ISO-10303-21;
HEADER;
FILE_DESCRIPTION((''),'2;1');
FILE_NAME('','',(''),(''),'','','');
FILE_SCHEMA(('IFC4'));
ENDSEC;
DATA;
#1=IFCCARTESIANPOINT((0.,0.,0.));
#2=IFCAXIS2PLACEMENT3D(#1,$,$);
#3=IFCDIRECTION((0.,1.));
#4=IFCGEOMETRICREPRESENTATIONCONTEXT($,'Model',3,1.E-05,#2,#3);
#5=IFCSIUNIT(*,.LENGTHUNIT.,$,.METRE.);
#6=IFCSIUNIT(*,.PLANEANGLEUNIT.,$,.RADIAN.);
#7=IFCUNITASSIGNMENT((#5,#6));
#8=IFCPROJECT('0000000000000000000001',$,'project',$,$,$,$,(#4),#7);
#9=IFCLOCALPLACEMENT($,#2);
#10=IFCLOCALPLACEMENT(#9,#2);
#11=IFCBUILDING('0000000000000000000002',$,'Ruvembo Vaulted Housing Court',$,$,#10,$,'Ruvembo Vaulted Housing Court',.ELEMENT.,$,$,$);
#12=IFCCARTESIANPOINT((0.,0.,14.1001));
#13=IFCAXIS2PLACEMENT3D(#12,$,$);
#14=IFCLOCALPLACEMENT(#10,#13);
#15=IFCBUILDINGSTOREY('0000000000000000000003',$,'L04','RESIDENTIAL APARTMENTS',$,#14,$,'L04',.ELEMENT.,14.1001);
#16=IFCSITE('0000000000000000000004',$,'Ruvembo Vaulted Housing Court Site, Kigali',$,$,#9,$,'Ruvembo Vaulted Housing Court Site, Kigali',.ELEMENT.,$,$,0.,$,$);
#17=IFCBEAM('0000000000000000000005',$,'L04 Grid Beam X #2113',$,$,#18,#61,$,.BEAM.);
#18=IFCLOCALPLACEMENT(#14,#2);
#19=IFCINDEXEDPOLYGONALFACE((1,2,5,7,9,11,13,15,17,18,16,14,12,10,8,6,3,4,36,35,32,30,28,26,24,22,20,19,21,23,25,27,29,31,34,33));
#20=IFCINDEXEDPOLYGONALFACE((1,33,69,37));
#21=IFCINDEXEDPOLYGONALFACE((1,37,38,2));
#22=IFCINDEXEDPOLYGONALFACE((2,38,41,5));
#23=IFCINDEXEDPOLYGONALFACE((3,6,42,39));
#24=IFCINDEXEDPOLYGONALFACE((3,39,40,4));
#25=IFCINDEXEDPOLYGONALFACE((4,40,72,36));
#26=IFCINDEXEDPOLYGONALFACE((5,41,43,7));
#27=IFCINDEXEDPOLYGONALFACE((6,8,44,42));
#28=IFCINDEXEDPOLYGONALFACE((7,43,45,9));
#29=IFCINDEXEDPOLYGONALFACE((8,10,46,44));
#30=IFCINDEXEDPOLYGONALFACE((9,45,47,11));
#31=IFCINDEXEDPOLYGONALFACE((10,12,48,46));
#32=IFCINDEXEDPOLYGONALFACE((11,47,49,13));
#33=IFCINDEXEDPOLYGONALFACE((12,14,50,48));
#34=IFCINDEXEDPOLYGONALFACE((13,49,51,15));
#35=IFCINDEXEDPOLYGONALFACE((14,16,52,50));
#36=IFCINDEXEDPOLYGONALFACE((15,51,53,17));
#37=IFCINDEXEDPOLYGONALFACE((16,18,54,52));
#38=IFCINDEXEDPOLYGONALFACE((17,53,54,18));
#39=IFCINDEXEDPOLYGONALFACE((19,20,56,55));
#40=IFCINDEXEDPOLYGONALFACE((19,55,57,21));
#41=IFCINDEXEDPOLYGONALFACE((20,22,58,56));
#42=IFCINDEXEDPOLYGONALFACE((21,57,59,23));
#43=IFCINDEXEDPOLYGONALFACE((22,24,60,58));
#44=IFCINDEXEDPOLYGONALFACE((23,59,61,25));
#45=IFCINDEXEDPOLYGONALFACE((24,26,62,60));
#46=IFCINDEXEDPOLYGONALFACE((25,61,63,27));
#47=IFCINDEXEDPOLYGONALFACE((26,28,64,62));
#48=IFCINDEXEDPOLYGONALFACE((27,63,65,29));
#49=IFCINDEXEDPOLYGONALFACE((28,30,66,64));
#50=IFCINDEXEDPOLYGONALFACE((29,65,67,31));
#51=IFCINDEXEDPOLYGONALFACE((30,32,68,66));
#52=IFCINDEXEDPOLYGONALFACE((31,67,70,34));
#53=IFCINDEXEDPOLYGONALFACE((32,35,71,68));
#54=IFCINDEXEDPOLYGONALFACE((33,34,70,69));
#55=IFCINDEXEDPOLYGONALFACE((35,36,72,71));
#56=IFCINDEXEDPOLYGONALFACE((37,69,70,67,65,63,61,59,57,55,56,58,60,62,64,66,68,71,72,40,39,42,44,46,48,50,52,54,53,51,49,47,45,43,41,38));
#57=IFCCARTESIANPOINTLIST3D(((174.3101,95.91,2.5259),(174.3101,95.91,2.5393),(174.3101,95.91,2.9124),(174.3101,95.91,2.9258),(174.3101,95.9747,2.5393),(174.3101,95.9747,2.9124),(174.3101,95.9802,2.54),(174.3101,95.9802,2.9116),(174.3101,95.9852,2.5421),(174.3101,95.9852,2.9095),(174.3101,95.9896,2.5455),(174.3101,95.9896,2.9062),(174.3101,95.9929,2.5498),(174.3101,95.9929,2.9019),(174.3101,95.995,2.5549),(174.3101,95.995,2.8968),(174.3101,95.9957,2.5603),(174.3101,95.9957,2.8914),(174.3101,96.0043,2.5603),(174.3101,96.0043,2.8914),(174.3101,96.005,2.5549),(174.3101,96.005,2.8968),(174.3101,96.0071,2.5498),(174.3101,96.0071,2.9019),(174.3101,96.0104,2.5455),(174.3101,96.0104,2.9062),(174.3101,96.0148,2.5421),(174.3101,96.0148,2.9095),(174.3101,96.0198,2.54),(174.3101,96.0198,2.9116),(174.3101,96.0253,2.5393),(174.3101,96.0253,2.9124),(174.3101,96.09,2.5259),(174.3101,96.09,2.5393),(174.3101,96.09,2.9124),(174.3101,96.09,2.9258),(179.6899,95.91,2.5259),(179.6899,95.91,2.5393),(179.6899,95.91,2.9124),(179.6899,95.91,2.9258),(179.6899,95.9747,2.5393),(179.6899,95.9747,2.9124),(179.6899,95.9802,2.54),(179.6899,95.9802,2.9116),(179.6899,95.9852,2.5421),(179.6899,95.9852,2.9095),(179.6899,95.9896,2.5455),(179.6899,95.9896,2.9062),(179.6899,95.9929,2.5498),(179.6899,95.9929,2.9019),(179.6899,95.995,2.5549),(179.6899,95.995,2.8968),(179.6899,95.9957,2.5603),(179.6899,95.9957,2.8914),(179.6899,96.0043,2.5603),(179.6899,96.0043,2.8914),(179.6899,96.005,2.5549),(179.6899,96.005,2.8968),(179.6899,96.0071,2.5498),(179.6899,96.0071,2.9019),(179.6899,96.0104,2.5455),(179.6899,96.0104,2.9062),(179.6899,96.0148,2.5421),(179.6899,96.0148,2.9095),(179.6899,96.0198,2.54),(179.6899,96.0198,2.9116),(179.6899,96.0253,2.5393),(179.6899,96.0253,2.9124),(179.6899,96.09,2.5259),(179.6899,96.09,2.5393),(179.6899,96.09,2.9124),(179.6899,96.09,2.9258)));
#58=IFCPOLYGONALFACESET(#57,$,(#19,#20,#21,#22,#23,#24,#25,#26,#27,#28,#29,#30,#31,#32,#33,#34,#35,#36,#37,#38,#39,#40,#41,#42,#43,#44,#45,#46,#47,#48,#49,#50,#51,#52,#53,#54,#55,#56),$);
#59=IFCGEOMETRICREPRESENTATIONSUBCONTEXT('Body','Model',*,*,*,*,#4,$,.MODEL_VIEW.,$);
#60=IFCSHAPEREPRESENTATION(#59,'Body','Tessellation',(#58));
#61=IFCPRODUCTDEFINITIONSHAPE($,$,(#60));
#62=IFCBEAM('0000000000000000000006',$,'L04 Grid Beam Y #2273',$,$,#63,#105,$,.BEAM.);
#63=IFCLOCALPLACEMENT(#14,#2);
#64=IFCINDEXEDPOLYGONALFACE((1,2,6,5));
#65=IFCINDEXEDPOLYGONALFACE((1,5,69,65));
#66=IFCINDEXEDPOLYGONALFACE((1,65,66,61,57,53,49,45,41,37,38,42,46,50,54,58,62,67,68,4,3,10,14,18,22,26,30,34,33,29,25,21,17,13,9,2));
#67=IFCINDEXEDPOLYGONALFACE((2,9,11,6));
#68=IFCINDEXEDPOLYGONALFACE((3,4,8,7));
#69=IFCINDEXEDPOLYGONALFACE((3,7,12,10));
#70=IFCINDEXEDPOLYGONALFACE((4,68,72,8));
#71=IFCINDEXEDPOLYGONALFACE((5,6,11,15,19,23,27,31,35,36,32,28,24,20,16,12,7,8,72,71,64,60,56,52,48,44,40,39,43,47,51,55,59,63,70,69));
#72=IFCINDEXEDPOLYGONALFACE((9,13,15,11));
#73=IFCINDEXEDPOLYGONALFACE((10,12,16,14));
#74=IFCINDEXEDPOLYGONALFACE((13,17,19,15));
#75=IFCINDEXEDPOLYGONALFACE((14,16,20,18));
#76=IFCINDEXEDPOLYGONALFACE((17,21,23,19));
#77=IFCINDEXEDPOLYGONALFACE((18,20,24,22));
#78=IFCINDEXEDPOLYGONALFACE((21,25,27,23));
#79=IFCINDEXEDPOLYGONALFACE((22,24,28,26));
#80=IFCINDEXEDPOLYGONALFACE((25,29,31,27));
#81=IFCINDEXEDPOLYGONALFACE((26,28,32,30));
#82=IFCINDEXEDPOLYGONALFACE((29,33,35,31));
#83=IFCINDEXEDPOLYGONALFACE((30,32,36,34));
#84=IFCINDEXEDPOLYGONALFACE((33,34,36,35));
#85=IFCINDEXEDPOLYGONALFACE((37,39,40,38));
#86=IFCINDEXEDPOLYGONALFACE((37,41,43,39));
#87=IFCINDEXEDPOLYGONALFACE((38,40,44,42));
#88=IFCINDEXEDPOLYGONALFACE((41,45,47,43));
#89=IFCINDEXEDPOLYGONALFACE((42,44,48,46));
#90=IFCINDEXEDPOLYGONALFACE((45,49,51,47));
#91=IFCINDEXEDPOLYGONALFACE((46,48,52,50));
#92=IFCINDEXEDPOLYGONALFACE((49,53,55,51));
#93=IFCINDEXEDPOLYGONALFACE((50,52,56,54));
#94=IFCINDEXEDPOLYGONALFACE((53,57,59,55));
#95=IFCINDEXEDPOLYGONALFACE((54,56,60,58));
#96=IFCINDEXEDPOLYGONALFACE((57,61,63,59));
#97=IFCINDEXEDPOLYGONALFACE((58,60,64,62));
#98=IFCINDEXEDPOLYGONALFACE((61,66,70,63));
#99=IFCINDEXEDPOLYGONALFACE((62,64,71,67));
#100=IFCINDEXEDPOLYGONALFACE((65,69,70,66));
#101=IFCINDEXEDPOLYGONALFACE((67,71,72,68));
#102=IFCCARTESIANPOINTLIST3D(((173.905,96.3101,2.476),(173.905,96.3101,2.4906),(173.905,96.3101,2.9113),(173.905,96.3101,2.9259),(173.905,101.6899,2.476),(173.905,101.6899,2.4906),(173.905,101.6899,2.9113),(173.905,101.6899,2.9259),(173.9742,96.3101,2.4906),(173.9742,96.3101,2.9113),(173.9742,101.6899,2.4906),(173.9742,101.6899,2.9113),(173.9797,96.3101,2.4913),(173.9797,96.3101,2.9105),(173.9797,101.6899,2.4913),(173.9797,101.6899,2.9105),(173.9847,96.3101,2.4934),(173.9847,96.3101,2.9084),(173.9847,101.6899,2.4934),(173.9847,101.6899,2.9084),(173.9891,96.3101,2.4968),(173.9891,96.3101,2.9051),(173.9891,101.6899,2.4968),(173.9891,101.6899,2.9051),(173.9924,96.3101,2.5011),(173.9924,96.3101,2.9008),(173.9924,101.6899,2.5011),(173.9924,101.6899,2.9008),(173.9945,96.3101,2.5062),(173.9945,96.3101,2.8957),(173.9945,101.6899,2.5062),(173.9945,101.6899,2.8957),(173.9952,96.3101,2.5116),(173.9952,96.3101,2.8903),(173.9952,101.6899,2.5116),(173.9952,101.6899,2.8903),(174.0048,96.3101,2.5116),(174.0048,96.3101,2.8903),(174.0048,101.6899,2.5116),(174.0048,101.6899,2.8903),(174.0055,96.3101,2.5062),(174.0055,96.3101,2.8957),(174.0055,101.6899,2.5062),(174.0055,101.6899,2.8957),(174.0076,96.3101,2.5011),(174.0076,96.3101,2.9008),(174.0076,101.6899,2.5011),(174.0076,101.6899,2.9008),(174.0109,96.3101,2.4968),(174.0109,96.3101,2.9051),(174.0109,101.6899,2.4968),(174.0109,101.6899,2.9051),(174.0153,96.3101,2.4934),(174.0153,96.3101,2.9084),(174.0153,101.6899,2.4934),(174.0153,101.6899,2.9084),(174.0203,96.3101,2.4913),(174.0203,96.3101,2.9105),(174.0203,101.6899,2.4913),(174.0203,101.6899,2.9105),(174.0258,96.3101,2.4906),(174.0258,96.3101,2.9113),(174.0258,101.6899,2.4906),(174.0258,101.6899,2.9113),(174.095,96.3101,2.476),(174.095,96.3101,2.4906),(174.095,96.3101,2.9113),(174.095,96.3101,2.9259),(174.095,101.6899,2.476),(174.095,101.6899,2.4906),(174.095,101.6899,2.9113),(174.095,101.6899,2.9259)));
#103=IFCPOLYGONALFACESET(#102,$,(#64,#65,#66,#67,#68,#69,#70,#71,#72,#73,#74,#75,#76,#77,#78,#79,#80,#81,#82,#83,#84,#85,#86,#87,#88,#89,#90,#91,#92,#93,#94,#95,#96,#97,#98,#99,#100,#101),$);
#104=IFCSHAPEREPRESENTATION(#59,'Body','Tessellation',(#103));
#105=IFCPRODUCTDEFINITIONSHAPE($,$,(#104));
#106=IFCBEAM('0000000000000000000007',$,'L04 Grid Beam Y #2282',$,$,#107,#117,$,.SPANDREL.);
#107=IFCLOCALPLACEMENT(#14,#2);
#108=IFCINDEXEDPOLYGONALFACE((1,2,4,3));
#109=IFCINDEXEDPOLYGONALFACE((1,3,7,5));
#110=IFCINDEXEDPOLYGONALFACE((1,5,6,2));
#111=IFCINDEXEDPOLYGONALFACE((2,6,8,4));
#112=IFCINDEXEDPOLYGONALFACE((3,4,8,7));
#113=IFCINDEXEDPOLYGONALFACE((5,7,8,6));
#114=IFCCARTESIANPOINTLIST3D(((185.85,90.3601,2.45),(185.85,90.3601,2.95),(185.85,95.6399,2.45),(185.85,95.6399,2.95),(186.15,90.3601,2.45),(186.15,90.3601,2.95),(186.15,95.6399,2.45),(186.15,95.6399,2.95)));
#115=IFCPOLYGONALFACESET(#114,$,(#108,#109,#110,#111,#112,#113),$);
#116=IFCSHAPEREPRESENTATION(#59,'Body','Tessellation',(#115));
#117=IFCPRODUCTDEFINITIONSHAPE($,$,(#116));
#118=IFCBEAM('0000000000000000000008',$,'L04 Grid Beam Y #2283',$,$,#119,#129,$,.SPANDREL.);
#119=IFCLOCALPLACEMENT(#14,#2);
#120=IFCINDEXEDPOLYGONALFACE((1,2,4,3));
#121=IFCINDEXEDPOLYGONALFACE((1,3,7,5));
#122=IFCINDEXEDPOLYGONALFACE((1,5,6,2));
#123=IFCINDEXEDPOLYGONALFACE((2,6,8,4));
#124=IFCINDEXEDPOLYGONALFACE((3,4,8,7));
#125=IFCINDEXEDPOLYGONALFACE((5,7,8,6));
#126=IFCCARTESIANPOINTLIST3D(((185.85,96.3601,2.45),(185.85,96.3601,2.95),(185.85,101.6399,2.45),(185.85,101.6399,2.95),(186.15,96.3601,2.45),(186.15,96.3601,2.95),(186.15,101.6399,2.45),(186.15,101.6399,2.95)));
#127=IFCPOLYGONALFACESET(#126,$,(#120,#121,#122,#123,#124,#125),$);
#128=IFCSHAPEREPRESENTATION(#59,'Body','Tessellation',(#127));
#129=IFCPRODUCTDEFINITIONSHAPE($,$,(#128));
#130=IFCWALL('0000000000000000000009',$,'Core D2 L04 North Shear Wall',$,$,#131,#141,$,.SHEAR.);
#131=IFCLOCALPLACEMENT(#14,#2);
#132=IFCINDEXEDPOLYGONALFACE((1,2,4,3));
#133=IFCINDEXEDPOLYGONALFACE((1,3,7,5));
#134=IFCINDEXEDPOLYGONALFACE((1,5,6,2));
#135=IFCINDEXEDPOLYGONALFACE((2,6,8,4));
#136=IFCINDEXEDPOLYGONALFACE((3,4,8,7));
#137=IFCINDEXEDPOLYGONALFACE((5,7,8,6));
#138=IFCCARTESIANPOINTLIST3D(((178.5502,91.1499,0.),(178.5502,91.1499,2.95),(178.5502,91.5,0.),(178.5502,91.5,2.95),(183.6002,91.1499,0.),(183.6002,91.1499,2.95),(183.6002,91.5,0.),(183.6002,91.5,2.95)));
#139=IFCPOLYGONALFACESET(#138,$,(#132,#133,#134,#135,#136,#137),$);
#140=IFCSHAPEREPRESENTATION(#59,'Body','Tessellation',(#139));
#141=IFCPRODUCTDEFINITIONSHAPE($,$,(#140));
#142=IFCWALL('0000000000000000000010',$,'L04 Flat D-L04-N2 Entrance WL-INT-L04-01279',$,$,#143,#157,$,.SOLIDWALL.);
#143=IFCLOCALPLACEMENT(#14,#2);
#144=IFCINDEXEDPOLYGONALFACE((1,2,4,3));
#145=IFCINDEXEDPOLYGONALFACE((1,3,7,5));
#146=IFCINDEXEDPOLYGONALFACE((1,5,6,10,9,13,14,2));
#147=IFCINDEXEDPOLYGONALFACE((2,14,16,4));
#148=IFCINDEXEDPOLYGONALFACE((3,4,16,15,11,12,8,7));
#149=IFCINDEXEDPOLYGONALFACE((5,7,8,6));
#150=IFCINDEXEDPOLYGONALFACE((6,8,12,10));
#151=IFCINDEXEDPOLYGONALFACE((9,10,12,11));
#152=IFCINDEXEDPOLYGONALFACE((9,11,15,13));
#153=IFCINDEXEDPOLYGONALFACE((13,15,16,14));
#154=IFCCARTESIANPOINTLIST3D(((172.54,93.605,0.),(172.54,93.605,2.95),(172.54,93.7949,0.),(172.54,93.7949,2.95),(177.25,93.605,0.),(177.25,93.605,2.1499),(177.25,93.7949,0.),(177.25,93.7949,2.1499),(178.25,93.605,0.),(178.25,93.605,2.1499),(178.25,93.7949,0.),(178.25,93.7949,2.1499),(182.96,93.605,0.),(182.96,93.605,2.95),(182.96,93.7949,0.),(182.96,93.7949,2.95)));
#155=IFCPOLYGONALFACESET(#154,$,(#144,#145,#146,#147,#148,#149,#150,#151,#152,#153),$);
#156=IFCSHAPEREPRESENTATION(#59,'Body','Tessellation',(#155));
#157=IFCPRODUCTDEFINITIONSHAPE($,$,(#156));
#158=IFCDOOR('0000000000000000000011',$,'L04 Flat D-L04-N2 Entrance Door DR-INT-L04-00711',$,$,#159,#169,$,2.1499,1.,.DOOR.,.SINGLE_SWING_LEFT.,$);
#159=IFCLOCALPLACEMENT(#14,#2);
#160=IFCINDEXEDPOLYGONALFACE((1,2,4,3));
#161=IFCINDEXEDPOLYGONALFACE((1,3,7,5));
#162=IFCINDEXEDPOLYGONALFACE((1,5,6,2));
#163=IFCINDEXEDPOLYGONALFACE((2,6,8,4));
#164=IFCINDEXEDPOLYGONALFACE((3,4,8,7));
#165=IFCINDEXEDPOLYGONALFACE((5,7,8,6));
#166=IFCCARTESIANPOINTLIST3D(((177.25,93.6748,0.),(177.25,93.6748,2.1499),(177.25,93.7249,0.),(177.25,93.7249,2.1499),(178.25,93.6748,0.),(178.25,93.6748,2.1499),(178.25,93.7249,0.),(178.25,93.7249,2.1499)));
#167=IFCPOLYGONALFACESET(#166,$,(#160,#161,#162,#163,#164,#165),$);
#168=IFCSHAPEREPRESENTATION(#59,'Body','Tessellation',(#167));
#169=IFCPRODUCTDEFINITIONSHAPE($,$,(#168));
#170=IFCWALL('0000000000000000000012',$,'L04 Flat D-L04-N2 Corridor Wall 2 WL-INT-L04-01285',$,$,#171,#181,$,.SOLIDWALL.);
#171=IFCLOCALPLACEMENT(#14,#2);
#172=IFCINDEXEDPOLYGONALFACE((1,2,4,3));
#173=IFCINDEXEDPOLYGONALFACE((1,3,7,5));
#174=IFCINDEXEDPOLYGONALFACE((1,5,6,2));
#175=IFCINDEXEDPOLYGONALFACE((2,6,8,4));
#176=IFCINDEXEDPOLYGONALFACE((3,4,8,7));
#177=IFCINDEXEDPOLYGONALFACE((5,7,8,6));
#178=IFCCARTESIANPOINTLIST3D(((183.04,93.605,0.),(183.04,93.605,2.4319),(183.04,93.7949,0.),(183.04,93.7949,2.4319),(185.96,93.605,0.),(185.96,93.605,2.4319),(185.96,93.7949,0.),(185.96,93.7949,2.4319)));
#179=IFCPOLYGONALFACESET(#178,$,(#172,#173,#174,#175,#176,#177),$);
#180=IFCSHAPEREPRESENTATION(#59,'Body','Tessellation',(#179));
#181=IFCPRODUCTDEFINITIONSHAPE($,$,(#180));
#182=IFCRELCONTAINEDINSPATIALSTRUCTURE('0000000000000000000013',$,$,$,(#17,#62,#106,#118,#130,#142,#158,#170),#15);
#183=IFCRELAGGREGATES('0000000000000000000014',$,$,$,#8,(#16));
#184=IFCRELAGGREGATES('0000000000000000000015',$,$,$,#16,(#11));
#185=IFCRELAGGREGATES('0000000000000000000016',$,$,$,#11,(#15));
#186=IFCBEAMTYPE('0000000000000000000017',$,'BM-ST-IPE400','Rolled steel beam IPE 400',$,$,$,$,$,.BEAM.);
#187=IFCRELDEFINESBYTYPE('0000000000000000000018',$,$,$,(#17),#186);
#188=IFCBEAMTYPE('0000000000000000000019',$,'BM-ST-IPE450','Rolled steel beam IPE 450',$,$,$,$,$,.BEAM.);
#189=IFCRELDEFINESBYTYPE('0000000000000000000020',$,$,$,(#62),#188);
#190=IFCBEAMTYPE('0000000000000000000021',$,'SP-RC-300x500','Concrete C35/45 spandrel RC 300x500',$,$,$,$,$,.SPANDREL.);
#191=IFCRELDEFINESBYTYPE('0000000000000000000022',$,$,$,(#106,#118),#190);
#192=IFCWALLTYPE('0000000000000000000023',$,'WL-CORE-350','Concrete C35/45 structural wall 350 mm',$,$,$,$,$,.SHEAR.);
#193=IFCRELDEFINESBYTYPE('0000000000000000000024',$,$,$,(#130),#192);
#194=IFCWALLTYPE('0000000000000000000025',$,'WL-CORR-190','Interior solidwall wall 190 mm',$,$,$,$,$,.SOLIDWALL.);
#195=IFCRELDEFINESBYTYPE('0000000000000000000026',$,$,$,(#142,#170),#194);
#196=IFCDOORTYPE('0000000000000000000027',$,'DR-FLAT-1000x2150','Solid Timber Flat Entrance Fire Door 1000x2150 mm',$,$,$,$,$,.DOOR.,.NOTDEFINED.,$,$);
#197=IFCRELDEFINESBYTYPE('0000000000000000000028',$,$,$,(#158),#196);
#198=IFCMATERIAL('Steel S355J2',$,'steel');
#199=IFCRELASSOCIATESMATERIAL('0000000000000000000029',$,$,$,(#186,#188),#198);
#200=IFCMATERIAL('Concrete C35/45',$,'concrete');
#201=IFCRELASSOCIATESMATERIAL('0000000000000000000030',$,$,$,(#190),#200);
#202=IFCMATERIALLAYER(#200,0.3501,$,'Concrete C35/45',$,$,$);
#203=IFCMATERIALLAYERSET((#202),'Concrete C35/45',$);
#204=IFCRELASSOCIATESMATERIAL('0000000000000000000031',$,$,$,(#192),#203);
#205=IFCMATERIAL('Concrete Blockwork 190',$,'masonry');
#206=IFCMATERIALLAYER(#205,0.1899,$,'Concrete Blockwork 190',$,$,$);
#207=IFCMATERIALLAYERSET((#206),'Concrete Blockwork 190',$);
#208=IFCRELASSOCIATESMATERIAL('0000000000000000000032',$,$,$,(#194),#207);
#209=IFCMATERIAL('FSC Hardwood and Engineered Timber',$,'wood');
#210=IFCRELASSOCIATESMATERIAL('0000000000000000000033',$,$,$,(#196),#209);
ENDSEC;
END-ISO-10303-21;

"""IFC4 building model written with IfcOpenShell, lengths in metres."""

from ifc_helpers import new_model, si_unit, direction, frame, frame_2d, origin, origin_2d, place, context, subcontext, project, spatial, rectangle, i_section, extrude, material, layer, layer_set, material_profile, profile_set, type_object, element, fill, save


model = new_model("IFC4")

# Units and contexts
model_context = context("Model", 3, precision=1e-05, world=origin(), true_north=direction((0.0, 1.0)))
body_context = subcontext(model_context, "Body", "Model", "MODEL_VIEW")
ifc_project = project(units=[si_unit("LENGTHUNIT", "METRE"), si_unit("PLANEANGLEUNIT", "RADIAN")], contexts=[model_context])

# Site, building, storey
site_placement = place(None, origin())
site = spatial("IfcSite", under=ifc_project, at=site_placement, Name="Ruvembo Vaulted Housing Court Site, Kigali", LongName="Ruvembo Vaulted Housing Court Site, Kigali", CompositionType="ELEMENT", RefElevation=0.0)
building_placement = place(site_placement, origin())
building = spatial("IfcBuilding", under=site, at=building_placement, Name="Ruvembo Vaulted Housing Court", LongName="Ruvembo Vaulted Housing Court", CompositionType="ELEMENT")
storey_placement = place(building_placement, frame((0.0, 0.0, 14.1001)))
storey = spatial("IfcBuildingStorey", under=building, at=storey_placement, Name="L04", Description="RESIDENTIAL APARTMENTS", LongName="L04", CompositionType="ELEMENT", Elevation=14.1001)

# Beams
ifc_material_1 = material(Name="Steel S355J2", Category="steel")
ifc_material_profile_1 = material_profile(ifc_material_1, i_section(OverallWidth=0.1799, OverallDepth=0.3999, WebThickness=0.0085, FlangeThickness=0.0134, FilletRadius=0.021, at=origin_2d()), Name="IPE 400")
ifc_profile_set_1 = profile_set([ifc_material_profile_1], Name="Steel S355J2")
beam_type_1 = type_object("IfcBeamType", Name="BM-ST-IPE400", Description="Rolled steel beam IPE 400", PredefinedType="BEAM", material=ifc_profile_set_1)
beam_1_placement = place(storey_placement, frame((174.3101, 96.0, 2.7258), z_axis=(1.0, 0.0, 0.0), x_axis=(0.0, 1.0, 0.0)))
element("IfcBeam", 1, at=beam_1_placement, inside=storey, type_object=beam_type_1, Name="L04 Grid Beam X #2113", PredefinedType="BEAM", context=body_context, shape_type="SweptSolid", body=[
    extrude(i_section(OverallWidth=0.1799, OverallDepth=0.3999, WebThickness=0.0085, FlangeThickness=0.0134, FilletRadius=0.021, at=origin_2d()), origin(), (0.0, 0.0, 1.0), 5.3799),
])
ifc_material_profile_2 = material_profile(ifc_material_1, i_section(OverallWidth=0.1899, OverallDepth=0.45, WebThickness=0.0095, FlangeThickness=0.0146, FilletRadius=0.021, at=origin_2d()), Name="IPE 450")
ifc_profile_set_2 = profile_set([ifc_material_profile_2], Name="Steel S355J2")
beam_type_2 = type_object("IfcBeamType", Name="BM-ST-IPE450", Description="Rolled steel beam IPE 450", PredefinedType="BEAM", material=ifc_profile_set_2)
beam_2_placement = place(storey_placement, frame((174.0, 96.3101, 2.7009), z_axis=(0.0, 1.0, 0.0), x_axis=(-1.0, 0.0, 0.0)))
element("IfcBeam", 2, at=beam_2_placement, inside=storey, type_object=beam_type_2, Name="L04 Grid Beam Y #2273", PredefinedType="BEAM", context=body_context, shape_type="SweptSolid", body=[
    extrude(i_section(OverallWidth=0.1899, OverallDepth=0.45, WebThickness=0.0095, FlangeThickness=0.0146, FilletRadius=0.021, at=origin_2d()), origin(), (0.0, 0.0, 1.0), 5.3799),
])
ifc_material_2 = material(Name="Concrete C35/45", Category="concrete")
ifc_material_profile_3 = material_profile(ifc_material_2, rectangle(XDim=0.3, YDim=0.5, at=origin_2d()), Name="RC 300x500")
ifc_profile_set_3 = profile_set([ifc_material_profile_3], Name="Concrete C35/45")
beam_type_3 = type_object("IfcBeamType", Name="SP-RC-300x500", Description="Concrete C35/45 spandrel RC 300x500", PredefinedType="SPANDREL", material=ifc_profile_set_3)
for number, where, z_axis, x_axis, name in (
    (3, (186.0, 90.3601, 2.7), (0.0, 1.0, 0.0), (-1.0, 0.0, 0.0), "L04 Grid Beam Y #2282"),
    (4, (186.0, 96.3601, 2.7), (0.0, 1.0, 0.0), (-1.0, 0.0, 0.0), "L04 Grid Beam Y #2283"),
):
    element("IfcBeam", number, at=place(storey_placement, frame(where, z_axis=z_axis, x_axis=x_axis)), inside=storey, type_object=beam_type_3, Name=name, PredefinedType="SPANDREL", context=body_context, shape_type="SweptSolid", body=[
        extrude(rectangle(XDim=0.3, YDim=0.5, at=origin_2d()), origin(), (0.0, 0.0, 1.0), 5.2798),
    ])

# Wall
ifc_layer_1 = layer(ifc_material_2, 0.3501, Name="Concrete C35/45")
ifc_layer_set_1 = layer_set([ifc_layer_1], Name="Concrete C35/45")
wall_type_1 = type_object("IfcWallType", Name="WL-CORE-350", Description="Concrete C35/45 structural wall 350 mm", PredefinedType="SHEAR", material=ifc_layer_set_1)
wall_1_placement = place(storey_placement, frame((183.6001, 91.325, 0.0), z_axis=(0.0, 0.0, 1.0), x_axis=(-1.0, 0.0, 0.0)))
element("IfcWall", 5, at=wall_1_placement, inside=storey, type_object=wall_type_1, Name="Core D2 L04 North Shear Wall", PredefinedType="SHEAR", context=body_context, shape_type="SweptSolid", body=[
    extrude(rectangle(XDim=5.05, YDim=0.3501, at=frame_2d((2.5249, 0.0))), origin(), (0.0, 0.0, 1.0), 2.95),
])

# Wall, opening, door
ifc_material_3 = material(Name="Concrete Blockwork 190", Category="masonry")
ifc_layer_2 = layer(ifc_material_3, 0.1899, Name="Concrete Blockwork 190")
ifc_layer_set_2 = layer_set([ifc_layer_2], Name="Concrete Blockwork 190")
wall_type_2 = type_object("IfcWallType", Name="WL-CORR-190", Description="Interior solidwall wall 190 mm", PredefinedType="SOLIDWALL", material=ifc_layer_set_2)
wall_2_placement = place(storey_placement, frame((172.54, 93.7, 0.0), z_axis=(0.0, 0.0, 1.0), x_axis=(1.0, 0.0, 0.0)))
wall_2 = element("IfcWall", 6, at=wall_2_placement, inside=storey, type_object=wall_type_2, Name="L04 Flat D-L04-N2 Entrance WL-INT-L04-01279", PredefinedType="SOLIDWALL", context=body_context, shape_type="SweptSolid", body=[
    extrude(rectangle(XDim=10.4199, YDim=0.1899, at=frame_2d((5.21, 0.0))), origin(), (0.0, 0.0, 1.0), 2.95),
])
opening_1_placement = place(wall_2_placement, frame((4.71, 0.0, 0.0)))
opening_1 = element("IfcOpeningElement", 7, at=opening_1_placement, cuts=wall_2, PredefinedType="OPENING", context=body_context, shape_type="SweptSolid", body=[
    extrude(rectangle(XDim=1.0, YDim=2.1499, at=frame_2d((0.5, 1.075))), frame((0.0, 0.105, 0.0), z_axis=(0.0, -1.0, 0.0), x_axis=(1.0, 0.0, 0.0)), (0.0, 0.0, 1.0), 0.21),
])
ifc_material_4 = material(Name="FSC Hardwood and Engineered Timber", Category="wood")
door_type_1 = type_object("IfcDoorType", Name="DR-FLAT-1000x2150", Description="Solid Timber Flat Entrance Fire Door 1000x2150 mm", OperationType="NOTDEFINED", PredefinedType="DOOR", material=ifc_material_4)
door_1_placement = place(opening_1_placement, origin())
door_1 = element("IfcDoor", 8, at=door_1_placement, inside=storey, type_object=door_type_1, Name="L04 Flat D-L04-N2 Entrance Door DR-INT-L04-00711", OperationType="SINGLE_SWING_LEFT", OverallHeight=2.1499, OverallWidth=1.0, PredefinedType="DOOR", context=body_context, shape_type="SweptSolid", body=[
    extrude(rectangle(XDim=1.0, YDim=2.1499, at=frame_2d((0.5, 1.075))), frame((0.0, 0.0249, 0.0), z_axis=(0.0, -1.0, 0.0), x_axis=(1.0, 0.0, 0.0)), (0.0, 0.0, 1.0), 0.05),
])
fill(opening_1, door_1)

# Wall
wall_3_placement = place(storey_placement, frame((183.04, 93.7, 0.0), z_axis=(0.0, 0.0, 1.0), x_axis=(1.0, 0.0, 0.0)))
element("IfcWall", 9, at=wall_3_placement, inside=storey, type_object=wall_type_2, Name="L04 Flat D-L04-N2 Corridor Wall 2 WL-INT-L04-01285", PredefinedType="SOLIDWALL", context=body_context, shape_type="SweptSolid", body=[
    extrude(rectangle(XDim=2.9199, YDim=0.1899, at=frame_2d((1.46, 0.0))), origin(), (0.0, 0.0, 1.0), 2.4319),
])

save(model, "model.ifc")
